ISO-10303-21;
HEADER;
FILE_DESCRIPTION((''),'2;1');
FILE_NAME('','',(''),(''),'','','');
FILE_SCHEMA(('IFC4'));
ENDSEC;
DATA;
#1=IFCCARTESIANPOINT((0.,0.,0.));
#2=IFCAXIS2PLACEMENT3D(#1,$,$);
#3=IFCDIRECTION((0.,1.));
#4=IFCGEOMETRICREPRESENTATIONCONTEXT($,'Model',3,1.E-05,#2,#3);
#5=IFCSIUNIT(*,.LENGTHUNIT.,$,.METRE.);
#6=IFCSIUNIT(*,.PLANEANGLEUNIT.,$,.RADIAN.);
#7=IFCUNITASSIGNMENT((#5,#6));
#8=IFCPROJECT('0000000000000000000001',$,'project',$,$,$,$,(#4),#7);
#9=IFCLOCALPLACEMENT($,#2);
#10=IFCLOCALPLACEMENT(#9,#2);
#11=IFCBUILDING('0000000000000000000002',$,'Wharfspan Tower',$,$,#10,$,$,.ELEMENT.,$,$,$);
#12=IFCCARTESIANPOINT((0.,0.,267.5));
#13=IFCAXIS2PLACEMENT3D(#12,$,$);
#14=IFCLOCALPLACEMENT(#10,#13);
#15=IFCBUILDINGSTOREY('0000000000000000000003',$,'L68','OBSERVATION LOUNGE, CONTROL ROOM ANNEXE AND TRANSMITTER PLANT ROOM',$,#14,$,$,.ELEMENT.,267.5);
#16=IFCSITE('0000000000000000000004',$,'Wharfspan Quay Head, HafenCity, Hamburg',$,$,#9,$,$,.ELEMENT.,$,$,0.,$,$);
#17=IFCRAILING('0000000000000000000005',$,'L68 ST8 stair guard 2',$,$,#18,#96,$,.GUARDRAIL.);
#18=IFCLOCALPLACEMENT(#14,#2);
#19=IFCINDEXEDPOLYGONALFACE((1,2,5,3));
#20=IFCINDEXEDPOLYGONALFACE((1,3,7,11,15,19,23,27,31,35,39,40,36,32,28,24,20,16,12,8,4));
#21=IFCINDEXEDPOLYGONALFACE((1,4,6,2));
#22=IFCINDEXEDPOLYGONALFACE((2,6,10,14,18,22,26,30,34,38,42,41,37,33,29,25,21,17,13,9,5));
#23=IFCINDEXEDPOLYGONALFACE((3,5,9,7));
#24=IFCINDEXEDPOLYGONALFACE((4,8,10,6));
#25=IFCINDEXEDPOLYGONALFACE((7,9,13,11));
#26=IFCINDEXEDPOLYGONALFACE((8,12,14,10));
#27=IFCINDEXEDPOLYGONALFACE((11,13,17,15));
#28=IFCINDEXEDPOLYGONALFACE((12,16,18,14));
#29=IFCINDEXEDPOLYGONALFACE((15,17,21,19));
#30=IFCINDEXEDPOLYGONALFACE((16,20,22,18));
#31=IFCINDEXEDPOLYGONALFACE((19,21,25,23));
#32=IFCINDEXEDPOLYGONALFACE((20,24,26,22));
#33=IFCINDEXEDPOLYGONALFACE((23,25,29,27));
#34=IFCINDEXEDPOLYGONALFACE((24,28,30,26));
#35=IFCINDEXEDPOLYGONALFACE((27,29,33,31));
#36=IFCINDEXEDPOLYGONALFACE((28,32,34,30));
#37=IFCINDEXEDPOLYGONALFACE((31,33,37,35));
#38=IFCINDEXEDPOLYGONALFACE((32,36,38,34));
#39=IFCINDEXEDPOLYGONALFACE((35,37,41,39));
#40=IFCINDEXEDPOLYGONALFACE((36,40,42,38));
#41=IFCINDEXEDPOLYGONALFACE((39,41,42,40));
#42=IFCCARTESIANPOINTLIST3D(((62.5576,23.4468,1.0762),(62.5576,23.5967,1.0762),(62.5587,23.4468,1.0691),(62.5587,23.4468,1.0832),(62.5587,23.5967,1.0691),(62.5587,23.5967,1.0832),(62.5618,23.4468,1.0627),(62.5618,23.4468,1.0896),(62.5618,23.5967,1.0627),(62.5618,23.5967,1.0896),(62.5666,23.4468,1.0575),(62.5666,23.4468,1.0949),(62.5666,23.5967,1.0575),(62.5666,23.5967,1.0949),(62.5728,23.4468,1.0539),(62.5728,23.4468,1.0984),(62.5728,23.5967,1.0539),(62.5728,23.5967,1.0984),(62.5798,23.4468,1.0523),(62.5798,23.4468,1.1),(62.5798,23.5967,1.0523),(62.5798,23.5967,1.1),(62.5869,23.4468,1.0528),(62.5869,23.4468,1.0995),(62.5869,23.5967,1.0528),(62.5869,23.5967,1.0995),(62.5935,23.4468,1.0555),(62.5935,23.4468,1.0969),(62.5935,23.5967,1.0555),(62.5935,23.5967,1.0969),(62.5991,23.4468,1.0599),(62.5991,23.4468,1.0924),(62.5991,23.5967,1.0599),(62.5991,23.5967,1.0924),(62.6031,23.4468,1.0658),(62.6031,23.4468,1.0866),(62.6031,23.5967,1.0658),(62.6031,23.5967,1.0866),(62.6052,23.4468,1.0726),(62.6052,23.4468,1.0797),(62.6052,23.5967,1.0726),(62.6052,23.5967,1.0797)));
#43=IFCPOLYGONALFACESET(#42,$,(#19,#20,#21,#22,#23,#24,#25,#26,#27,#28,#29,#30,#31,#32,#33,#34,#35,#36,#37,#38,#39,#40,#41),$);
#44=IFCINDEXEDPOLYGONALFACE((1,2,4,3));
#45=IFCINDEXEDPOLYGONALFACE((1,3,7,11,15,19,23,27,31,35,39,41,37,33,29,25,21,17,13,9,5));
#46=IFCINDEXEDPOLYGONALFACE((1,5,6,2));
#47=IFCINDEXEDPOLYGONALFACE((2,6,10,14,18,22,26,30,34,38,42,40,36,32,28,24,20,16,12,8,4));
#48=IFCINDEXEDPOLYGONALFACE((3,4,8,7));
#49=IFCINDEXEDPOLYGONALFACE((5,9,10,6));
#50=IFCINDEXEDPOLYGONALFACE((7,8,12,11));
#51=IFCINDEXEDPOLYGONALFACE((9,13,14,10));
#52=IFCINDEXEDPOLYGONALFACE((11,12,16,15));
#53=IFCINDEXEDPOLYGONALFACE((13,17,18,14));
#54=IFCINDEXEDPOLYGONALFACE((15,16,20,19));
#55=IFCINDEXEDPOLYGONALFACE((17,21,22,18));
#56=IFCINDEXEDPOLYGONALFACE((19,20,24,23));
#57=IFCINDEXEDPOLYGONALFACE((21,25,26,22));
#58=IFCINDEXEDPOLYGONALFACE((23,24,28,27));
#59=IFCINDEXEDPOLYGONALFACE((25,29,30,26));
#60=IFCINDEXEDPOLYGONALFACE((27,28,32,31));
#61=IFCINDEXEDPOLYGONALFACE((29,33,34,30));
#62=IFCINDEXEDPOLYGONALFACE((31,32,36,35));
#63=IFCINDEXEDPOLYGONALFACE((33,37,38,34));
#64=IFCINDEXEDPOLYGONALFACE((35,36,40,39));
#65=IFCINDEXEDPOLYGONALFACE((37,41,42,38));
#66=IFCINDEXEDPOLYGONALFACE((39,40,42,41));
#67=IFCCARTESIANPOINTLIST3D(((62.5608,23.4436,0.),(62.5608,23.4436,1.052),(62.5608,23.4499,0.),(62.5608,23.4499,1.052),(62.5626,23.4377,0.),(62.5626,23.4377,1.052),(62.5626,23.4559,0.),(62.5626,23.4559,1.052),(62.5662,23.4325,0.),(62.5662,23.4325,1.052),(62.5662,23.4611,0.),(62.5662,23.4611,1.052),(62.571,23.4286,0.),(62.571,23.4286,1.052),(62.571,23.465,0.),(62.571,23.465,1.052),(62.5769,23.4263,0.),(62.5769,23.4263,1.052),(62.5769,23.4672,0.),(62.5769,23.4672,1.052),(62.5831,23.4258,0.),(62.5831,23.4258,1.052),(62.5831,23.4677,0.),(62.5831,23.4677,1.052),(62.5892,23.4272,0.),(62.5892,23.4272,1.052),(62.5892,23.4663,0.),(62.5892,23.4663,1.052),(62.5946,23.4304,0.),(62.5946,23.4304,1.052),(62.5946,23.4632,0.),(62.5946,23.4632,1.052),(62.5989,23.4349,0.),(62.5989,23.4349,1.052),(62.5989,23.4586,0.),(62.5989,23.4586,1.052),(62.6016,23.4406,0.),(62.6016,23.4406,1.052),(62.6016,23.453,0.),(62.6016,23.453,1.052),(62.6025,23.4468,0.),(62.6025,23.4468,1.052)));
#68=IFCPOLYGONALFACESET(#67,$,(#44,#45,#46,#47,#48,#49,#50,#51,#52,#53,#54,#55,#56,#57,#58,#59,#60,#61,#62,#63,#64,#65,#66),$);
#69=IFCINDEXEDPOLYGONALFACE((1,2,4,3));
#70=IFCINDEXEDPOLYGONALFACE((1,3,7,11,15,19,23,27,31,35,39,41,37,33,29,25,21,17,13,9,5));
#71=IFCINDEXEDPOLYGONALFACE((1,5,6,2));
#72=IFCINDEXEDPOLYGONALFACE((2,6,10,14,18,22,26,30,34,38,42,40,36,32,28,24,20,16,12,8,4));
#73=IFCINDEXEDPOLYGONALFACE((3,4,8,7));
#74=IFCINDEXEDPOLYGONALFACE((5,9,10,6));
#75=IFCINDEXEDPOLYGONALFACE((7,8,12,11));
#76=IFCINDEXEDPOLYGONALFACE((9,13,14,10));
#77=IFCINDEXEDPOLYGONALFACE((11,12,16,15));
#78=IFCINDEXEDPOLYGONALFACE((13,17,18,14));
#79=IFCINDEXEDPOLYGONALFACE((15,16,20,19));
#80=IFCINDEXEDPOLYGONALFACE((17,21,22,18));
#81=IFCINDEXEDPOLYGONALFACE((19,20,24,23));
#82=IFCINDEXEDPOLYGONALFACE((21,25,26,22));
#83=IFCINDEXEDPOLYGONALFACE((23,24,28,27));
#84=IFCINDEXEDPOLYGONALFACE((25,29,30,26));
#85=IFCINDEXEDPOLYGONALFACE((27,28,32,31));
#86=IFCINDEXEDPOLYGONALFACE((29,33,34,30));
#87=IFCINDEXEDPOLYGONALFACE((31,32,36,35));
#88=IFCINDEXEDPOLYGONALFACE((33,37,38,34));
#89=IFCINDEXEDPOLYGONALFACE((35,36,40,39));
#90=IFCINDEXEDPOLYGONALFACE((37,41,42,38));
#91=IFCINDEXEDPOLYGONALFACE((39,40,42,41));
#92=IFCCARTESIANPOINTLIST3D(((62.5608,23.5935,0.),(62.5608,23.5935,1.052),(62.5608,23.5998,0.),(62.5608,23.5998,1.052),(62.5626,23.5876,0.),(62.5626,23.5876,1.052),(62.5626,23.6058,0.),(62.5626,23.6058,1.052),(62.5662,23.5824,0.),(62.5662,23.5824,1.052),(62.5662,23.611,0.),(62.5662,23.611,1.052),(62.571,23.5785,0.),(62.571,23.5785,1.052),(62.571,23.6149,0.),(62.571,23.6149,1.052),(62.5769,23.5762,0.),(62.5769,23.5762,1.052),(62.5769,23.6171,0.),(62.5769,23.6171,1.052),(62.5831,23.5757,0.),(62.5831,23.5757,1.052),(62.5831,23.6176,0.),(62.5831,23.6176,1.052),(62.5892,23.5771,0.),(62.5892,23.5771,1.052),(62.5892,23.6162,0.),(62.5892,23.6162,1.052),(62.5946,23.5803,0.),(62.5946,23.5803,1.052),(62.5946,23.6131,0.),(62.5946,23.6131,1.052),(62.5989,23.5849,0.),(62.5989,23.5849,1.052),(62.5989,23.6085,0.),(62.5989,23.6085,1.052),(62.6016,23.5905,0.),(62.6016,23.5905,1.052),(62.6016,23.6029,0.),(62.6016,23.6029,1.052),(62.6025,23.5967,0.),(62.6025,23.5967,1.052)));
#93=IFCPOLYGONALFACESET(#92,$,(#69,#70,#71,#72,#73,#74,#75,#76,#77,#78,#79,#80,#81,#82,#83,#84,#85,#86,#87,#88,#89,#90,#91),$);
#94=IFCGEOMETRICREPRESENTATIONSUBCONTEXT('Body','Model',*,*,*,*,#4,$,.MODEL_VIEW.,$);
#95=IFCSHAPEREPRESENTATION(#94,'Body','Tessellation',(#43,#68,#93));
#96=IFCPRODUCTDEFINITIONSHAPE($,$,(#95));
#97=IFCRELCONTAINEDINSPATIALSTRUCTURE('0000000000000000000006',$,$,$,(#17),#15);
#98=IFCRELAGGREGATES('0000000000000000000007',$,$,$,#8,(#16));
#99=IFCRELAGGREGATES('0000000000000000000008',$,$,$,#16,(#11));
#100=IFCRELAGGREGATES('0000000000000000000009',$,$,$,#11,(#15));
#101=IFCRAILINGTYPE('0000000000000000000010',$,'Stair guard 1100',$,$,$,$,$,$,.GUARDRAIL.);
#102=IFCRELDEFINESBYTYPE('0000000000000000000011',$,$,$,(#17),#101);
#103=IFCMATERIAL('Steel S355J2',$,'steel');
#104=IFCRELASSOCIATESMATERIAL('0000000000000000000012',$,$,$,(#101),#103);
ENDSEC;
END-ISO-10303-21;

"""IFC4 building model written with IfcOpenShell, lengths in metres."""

from ifc_helpers import new_model, si_unit, direction, frame, origin, origin_2d, place, context, subcontext, project, spatial, circle, extrude, material, type_object, element, save


model = new_model("IFC4")

# Units and contexts
model_context = context("Model", 3, precision=1e-05, world=origin(), true_north=direction((0.0, 1.0)))
body_context = subcontext(model_context, "Body", "Model", "MODEL_VIEW")
ifc_project = project(units=[si_unit("LENGTHUNIT", "METRE"), si_unit("PLANEANGLEUNIT", "RADIAN")], contexts=[model_context])

# Site, building, storey
site_placement = place(None, origin())
site = spatial("IfcSite", under=ifc_project, at=site_placement, Name="Wharfspan Quay Head, HafenCity, Hamburg", CompositionType="ELEMENT", RefElevation=0.0)
building_placement = place(site_placement, origin())
building = spatial("IfcBuilding", under=site, at=building_placement, Name="Wharfspan Tower", CompositionType="ELEMENT")
storey_placement = place(building_placement, frame((0.0, 0.0, 267.5)))
storey = spatial("IfcBuildingStorey", under=building, at=storey_placement, Name="L68", Description="OBSERVATION LOUNGE, CONTROL ROOM ANNEXE AND TRANSMITTER PLANT ROOM", CompositionType="ELEMENT", Elevation=267.5)

# Shared definitions
ifc_material_1 = material(Name="Steel S355J2", Category="steel")

# Railing
railing_type_1 = type_object("IfcRailingType", Name="Stair guard 1100", PredefinedType="GUARDRAIL", material=ifc_material_1)
railing_1_placement = place(storey_placement, frame((62.5815, 23.4468, 0.0)))
element("IfcRailing", 1, at=railing_1_placement, inside=storey, type_object=railing_type_1, Name="L68 ST8 stair guard 2", PredefinedType="GUARDRAIL", context=body_context, shape_type="SweptSolid", body=[
    extrude(circle(Radius=0.0239, at=origin_2d()), frame((0.0, 0.0, 1.0762), z_axis=(0.0, 1.0, 0.0), x_axis=(-1.0, 0.0, 0.0)), (0.0, 0.0, 1.0), 0.1499),
    extrude(circle(Radius=0.021, at=origin_2d()), origin(), (0.0, 0.0, 1.0), 1.052),
    extrude(circle(Radius=0.021, at=origin_2d()), frame((0.0, 0.1499, 0.0)), (0.0, 0.0, 1.0), 1.052),
])

save(model, "model.ifc")
